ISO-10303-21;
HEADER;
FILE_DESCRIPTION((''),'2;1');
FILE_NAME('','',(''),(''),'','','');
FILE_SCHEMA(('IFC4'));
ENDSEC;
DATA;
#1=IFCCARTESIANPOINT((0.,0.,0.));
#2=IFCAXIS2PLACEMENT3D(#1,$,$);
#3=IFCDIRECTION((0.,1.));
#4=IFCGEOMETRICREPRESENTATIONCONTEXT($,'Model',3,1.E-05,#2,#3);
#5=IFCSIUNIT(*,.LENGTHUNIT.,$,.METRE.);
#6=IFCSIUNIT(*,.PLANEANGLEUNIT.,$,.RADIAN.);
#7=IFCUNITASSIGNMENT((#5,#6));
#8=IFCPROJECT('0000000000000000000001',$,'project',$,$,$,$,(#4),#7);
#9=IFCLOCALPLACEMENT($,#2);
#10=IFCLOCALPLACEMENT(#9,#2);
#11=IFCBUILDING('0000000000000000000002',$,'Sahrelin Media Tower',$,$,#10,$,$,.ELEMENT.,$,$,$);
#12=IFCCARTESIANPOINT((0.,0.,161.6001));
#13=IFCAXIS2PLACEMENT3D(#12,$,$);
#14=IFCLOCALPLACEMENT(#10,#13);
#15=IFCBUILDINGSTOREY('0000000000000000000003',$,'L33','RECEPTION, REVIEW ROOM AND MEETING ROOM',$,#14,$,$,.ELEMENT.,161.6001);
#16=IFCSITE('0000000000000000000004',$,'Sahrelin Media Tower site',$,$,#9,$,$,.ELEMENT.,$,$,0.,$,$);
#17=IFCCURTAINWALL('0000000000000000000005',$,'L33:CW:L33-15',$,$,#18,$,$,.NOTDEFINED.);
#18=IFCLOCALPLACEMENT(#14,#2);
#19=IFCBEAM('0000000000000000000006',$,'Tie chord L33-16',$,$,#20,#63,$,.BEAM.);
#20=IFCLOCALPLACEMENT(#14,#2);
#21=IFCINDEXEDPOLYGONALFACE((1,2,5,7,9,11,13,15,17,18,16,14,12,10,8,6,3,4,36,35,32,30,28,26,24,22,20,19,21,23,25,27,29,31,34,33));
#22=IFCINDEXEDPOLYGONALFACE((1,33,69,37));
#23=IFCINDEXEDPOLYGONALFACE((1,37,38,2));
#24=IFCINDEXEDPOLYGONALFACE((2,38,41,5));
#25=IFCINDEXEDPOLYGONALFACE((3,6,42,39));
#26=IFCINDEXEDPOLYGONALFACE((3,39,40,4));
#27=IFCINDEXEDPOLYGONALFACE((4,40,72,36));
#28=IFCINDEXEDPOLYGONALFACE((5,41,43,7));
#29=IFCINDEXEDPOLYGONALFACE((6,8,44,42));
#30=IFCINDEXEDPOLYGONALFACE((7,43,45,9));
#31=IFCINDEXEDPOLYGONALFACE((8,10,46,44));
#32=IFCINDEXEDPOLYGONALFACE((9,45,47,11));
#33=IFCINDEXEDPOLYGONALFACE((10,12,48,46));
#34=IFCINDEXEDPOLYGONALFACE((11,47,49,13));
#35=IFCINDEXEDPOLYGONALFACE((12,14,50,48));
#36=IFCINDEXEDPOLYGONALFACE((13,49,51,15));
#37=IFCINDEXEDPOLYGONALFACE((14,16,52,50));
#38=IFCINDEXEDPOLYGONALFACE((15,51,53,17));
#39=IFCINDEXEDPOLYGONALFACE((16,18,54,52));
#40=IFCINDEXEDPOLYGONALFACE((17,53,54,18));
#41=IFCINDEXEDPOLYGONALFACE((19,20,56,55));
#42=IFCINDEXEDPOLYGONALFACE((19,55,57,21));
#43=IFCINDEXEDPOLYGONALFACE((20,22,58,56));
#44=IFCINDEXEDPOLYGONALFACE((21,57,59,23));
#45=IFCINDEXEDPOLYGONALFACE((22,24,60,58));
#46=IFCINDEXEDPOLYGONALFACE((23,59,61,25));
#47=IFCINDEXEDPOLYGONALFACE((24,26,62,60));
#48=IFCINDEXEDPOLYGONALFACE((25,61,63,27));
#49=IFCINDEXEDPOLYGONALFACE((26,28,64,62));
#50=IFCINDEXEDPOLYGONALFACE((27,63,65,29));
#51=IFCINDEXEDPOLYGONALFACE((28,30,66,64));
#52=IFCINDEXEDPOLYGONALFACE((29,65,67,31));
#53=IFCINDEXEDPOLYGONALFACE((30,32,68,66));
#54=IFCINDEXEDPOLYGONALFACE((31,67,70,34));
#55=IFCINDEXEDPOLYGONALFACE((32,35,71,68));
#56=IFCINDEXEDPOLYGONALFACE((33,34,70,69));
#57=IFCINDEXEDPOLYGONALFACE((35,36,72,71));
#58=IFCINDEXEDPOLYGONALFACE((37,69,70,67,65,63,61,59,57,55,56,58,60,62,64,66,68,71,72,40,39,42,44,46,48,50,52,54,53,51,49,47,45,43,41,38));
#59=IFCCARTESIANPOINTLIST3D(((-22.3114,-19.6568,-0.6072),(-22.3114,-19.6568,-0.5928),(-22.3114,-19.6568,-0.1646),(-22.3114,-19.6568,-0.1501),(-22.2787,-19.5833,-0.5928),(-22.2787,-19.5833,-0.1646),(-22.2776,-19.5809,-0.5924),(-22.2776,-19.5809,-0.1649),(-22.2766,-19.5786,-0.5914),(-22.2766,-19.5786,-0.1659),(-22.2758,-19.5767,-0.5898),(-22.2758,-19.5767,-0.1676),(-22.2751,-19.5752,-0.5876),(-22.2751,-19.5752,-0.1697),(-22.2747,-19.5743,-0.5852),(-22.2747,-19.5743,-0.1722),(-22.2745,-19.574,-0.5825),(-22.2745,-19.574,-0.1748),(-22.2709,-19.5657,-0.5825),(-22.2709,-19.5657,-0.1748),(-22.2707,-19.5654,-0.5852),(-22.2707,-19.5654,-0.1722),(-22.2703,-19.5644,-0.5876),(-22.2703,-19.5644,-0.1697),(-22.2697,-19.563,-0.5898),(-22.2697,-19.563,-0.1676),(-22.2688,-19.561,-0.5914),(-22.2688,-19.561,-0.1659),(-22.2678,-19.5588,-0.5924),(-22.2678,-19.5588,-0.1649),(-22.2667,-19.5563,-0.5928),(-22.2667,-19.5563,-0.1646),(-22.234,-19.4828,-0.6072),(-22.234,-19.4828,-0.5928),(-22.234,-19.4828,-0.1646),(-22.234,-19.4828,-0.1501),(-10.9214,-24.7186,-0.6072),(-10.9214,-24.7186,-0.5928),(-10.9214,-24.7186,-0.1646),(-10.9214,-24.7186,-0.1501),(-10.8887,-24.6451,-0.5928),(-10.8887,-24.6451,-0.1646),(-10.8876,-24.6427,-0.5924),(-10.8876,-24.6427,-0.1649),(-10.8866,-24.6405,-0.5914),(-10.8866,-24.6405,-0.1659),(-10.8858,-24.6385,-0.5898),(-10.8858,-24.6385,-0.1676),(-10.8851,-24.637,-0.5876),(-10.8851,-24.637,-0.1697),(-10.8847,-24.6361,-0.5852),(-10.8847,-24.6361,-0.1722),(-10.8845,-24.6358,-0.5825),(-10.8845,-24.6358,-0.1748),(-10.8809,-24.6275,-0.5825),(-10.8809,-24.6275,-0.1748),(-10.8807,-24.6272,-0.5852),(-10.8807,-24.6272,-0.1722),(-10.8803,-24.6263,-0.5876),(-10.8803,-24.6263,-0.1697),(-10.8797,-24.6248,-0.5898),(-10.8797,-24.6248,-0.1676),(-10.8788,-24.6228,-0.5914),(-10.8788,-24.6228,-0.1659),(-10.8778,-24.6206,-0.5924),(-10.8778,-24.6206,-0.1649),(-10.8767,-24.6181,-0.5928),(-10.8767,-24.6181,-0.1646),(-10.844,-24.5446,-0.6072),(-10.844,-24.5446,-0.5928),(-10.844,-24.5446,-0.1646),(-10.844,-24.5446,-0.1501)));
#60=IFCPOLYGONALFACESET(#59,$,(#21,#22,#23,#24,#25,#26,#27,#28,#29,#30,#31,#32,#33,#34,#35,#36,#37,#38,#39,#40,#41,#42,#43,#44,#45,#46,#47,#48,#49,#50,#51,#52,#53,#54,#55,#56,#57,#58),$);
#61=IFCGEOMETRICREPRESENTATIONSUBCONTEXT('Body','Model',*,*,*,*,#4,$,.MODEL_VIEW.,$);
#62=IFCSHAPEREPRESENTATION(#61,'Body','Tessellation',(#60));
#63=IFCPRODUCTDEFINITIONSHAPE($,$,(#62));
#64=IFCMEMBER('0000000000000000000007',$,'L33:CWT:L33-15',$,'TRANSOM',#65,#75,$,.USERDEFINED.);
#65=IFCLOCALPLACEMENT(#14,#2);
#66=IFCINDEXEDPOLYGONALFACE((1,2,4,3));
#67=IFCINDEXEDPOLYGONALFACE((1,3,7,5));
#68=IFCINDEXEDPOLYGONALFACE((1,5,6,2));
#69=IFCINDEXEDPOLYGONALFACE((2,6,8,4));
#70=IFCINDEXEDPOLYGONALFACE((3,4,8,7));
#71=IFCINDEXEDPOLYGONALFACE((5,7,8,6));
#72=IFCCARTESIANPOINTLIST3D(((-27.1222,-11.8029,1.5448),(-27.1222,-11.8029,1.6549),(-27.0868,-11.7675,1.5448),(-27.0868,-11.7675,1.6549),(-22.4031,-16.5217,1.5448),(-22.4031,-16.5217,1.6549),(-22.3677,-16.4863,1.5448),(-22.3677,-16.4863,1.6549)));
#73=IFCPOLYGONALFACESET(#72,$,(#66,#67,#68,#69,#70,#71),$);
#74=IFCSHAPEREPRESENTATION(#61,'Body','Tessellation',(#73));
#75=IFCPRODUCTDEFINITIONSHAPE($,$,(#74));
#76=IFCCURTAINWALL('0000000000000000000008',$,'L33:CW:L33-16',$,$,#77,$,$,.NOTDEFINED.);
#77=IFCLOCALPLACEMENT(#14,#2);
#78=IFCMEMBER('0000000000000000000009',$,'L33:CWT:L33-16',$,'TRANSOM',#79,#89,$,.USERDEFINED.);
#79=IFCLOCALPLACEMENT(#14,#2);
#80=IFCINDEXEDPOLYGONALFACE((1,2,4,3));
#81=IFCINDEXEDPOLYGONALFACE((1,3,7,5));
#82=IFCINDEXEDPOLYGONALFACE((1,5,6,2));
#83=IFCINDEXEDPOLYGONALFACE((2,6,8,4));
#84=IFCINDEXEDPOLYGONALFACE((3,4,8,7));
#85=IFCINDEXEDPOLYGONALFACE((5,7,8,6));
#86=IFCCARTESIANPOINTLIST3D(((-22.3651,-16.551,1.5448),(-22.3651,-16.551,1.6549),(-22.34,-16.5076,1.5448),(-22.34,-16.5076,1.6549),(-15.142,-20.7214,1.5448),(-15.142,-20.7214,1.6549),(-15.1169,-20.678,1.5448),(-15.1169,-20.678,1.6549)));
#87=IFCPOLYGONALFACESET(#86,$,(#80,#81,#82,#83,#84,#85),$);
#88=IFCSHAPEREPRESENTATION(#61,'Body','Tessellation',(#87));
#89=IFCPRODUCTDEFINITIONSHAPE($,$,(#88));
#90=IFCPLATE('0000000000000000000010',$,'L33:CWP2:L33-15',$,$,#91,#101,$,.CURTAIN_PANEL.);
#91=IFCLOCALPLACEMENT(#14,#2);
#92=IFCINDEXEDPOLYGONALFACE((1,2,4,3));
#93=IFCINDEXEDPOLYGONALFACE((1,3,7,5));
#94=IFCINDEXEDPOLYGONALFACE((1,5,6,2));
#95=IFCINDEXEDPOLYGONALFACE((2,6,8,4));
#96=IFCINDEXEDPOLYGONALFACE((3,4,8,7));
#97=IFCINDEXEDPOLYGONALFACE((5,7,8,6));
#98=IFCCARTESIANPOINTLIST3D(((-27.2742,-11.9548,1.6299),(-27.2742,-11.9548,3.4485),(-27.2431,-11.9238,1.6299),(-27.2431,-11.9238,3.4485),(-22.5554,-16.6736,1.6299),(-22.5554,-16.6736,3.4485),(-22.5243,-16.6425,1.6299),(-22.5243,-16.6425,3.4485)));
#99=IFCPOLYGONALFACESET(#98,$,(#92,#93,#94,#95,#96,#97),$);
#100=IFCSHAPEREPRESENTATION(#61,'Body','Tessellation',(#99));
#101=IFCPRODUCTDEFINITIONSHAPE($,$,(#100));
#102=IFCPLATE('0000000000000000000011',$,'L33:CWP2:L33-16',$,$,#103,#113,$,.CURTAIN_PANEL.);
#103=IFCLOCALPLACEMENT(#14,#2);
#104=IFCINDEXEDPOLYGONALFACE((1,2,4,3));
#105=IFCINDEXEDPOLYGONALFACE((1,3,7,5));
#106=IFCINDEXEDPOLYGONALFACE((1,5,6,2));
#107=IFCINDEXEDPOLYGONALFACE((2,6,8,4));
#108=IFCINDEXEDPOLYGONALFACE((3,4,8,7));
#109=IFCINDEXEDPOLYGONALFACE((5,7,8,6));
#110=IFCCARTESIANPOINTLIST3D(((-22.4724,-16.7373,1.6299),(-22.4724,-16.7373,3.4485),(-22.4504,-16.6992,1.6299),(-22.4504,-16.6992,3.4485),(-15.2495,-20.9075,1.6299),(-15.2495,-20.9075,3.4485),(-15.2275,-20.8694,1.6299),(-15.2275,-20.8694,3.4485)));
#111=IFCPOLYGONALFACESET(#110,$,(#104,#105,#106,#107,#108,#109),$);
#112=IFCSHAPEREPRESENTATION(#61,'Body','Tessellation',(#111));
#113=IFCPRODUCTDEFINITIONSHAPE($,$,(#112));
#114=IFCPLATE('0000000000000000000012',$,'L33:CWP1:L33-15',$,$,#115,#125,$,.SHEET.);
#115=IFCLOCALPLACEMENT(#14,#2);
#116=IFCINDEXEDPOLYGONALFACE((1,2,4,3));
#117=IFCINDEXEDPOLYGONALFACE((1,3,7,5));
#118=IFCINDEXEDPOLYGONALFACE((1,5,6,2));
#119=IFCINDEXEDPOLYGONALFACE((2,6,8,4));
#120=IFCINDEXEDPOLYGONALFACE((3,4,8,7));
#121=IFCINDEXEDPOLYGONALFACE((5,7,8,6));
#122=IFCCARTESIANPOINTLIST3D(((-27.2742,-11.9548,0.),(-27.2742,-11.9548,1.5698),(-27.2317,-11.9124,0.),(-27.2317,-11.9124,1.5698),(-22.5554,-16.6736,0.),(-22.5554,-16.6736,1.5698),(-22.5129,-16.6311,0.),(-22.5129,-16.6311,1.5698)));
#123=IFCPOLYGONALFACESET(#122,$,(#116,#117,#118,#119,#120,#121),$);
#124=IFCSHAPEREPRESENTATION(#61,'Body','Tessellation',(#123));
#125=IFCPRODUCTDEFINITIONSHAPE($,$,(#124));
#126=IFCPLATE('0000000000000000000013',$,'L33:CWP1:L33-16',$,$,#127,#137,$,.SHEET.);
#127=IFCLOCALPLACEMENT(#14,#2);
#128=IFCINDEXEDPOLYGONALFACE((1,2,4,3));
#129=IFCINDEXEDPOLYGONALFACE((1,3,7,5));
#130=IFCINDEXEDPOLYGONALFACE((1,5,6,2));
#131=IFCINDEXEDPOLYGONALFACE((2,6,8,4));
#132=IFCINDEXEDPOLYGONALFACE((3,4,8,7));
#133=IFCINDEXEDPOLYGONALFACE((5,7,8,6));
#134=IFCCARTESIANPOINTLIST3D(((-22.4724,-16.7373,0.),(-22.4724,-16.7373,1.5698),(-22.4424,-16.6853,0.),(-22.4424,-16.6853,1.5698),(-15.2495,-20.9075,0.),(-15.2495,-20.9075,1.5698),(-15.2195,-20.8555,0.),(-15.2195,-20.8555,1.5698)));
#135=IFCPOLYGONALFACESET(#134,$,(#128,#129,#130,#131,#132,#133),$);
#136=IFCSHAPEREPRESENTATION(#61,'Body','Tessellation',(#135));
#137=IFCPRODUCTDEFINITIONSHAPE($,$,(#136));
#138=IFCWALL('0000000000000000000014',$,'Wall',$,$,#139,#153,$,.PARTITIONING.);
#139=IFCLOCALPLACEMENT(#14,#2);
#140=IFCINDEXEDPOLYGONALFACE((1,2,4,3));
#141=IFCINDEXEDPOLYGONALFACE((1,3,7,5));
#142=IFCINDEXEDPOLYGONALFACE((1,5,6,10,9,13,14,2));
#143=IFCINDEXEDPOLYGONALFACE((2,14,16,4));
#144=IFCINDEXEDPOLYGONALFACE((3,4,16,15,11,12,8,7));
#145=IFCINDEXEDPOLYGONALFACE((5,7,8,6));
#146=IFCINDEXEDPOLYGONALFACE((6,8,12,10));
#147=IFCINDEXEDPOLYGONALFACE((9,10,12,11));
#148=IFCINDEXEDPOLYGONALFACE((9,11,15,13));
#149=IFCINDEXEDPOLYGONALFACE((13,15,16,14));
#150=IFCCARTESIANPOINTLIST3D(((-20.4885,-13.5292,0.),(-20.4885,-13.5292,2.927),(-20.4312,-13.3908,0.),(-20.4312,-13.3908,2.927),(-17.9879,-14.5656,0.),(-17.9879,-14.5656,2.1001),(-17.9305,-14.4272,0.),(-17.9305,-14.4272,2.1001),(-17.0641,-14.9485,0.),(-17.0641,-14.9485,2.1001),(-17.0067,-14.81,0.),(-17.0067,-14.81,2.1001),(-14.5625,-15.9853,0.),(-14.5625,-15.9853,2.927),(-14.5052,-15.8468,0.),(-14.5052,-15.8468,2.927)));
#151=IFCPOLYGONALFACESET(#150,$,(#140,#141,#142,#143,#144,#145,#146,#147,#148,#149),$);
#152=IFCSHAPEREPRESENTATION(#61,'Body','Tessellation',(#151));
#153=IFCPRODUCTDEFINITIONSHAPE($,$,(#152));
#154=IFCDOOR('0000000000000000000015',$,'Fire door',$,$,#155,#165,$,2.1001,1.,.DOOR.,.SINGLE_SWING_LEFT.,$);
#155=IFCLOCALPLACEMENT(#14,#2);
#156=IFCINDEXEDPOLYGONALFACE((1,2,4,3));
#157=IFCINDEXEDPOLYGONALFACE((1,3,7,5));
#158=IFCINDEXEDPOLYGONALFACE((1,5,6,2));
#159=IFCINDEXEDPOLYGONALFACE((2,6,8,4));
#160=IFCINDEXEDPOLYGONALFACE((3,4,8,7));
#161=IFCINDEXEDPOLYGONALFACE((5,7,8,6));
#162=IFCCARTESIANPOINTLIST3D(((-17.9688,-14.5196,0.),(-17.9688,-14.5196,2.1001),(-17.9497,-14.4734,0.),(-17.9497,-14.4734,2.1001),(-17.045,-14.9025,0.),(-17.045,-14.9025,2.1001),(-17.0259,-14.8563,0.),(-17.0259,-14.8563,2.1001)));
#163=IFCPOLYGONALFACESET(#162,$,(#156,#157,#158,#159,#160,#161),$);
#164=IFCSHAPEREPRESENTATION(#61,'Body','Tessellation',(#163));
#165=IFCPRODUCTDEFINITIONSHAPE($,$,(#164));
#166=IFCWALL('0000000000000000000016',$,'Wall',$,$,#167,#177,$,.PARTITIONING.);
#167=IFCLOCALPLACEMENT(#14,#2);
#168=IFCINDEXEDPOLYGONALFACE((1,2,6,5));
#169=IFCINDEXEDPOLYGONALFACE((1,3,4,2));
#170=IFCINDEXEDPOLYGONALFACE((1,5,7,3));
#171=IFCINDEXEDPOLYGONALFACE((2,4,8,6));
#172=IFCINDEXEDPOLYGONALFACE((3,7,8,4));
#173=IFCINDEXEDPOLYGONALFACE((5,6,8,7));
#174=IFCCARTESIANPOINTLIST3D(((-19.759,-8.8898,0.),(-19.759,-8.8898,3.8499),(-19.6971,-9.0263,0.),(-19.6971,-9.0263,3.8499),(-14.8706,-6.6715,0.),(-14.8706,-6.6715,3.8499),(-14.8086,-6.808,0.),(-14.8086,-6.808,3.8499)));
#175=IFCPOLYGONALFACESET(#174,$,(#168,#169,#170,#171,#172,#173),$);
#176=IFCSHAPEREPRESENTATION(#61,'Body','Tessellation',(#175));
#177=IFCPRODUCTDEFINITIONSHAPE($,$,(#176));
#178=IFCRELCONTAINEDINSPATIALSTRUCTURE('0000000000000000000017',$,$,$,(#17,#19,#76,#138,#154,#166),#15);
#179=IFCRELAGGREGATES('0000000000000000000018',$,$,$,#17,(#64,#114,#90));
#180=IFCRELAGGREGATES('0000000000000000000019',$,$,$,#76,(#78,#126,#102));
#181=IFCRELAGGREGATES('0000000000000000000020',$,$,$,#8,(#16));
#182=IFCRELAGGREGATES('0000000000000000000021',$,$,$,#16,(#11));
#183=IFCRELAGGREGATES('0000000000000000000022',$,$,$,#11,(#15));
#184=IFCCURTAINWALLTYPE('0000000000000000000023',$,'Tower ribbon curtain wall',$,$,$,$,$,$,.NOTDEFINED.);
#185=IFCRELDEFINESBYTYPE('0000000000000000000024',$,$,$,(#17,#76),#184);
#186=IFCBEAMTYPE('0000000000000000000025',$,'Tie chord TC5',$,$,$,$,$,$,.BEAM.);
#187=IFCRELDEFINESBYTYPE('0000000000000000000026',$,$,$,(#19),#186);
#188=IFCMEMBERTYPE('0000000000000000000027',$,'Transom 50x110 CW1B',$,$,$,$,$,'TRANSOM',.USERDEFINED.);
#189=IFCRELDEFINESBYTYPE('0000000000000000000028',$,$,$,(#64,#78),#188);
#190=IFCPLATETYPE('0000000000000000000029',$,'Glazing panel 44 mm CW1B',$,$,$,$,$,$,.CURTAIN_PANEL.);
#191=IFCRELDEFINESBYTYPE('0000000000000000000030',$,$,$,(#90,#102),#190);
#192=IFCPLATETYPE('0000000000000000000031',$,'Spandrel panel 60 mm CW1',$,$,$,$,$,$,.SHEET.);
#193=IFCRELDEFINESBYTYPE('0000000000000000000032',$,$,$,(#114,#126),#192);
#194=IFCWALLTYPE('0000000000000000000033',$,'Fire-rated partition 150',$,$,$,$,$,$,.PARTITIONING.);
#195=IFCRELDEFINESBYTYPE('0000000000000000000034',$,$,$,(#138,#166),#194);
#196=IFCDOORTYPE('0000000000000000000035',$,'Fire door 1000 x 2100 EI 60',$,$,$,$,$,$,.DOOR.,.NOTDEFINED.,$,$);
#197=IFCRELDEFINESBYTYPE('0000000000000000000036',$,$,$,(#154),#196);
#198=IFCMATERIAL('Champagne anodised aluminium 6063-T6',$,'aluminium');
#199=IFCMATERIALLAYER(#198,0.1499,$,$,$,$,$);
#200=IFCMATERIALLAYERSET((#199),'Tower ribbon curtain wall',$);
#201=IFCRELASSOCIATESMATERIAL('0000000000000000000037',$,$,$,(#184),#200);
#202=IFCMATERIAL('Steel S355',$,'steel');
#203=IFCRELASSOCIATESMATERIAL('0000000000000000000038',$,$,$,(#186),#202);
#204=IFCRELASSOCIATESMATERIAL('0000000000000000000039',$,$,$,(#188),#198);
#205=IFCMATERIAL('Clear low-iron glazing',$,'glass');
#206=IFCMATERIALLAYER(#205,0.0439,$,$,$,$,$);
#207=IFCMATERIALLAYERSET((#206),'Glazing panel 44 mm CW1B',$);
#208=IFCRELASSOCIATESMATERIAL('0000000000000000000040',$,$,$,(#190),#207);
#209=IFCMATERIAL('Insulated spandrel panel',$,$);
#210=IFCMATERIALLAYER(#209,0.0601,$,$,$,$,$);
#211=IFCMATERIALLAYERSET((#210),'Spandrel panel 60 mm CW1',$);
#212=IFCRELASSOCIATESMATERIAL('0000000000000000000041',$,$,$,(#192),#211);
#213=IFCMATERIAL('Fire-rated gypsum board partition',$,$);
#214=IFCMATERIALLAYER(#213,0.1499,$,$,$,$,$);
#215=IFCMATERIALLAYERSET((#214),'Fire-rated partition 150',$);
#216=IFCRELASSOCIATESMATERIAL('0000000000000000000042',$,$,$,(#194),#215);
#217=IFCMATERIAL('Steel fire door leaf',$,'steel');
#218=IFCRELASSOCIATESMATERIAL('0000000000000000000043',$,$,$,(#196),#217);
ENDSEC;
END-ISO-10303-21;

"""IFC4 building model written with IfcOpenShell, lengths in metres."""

from ifc_helpers import new_model, si_unit, direction, frame, frame_2d, origin, origin_2d, place, context, subcontext, project, spatial, polyline, rectangle, i_section, outline, extrude, material, layer, layer_set, material_profile, profile_set, type_object, element, fill, aggregate, save


model = new_model("IFC4")

# Units and contexts
model_context = context("Model", 3, precision=1e-05, world=origin(), true_north=direction((0.0, 1.0)))
body_context = subcontext(model_context, "Body", "Model", "MODEL_VIEW")
ifc_project = project(units=[si_unit("LENGTHUNIT", "METRE"), si_unit("PLANEANGLEUNIT", "RADIAN")], contexts=[model_context])

# Site, building, storey
site_placement = place(None, origin())
site = spatial("IfcSite", under=ifc_project, at=site_placement, Name="Sahrelin Media Tower site", CompositionType="ELEMENT", RefElevation=0.0)
building_placement = place(site_placement, origin())
building = spatial("IfcBuilding", under=site, at=building_placement, Name="Sahrelin Media Tower", CompositionType="ELEMENT")
storey_placement = place(building_placement, frame((0.0, 0.0, 161.6001)))
storey = spatial("IfcBuildingStorey", under=building, at=storey_placement, Name="L33", Description="RECEPTION, REVIEW ROOM AND MEETING ROOM", CompositionType="ELEMENT", Elevation=161.6001)

# Shared definitions
ifc_material_1 = material(Name="Steel S355", Category="steel")

# Curtain wall
ifc_material_2 = material(Name="Champagne anodised aluminium 6063-T6", Category="aluminium")
ifc_layer_1 = layer(ifc_material_2, 0.1499)
ifc_layer_set_1 = layer_set([ifc_layer_1], Name="Tower ribbon curtain wall")
curtain_wall_type = type_object("IfcCurtainWallType", Name="Tower ribbon curtain wall", PredefinedType="NOTDEFINED", material=ifc_layer_set_1)
curtain_wall_1_placement = place(storey_placement, frame((-24.9006, -14.3003, 0.0), z_axis=(0.0, 0.0, 1.0), x_axis=(1.0, 0.0, 0.0)))
curtain_wall_1 = element("IfcCurtainWall", 1, at=curtain_wall_1_placement, inside=storey, type_object=curtain_wall_type, Name="L33:CW:L33-15", PredefinedType="NOTDEFINED")

# Beam
ifc_material_profile_1 = material_profile(ifc_material_1, i_section(OverallWidth=0.1904, OverallDepth=0.457, WebThickness=0.009, FlangeThickness=0.0144, FilletRadius=0.0103, at=origin_2d()), Name="UB 457x191x74")
ifc_profile_set_1 = profile_set([ifc_material_profile_1], Name="Steel S355")
beam_type_1 = type_object("IfcBeamType", Name="Tie chord TC5", PredefinedType="BEAM", material=ifc_profile_set_1)
beam_1_placement = place(storey_placement, frame((-22.2727, -19.5698, -0.3787), z_axis=(0.913824, -0.406111, 0.0), x_axis=(0.406111, 0.913824, 0.0)))
element("IfcBeam", 2, at=beam_1_placement, inside=storey, type_object=beam_type_1, Name="Tie chord L33-16", PredefinedType="BEAM", context=body_context, shape_type="SweptSolid", body=[
    extrude(i_section(OverallWidth=0.1904, OverallDepth=0.457, WebThickness=0.009, FlangeThickness=0.0144, FilletRadius=0.0103, at=origin_2d()), origin(), (0.0, 0.0, 1.0), 12.4641),
])

# Member
ifc_material_profile_2 = material_profile(ifc_material_2, rectangle(XDim=0.05, YDim=0.1101, at=origin_2d()), Name="Transom 50x110")
ifc_profile_set_2 = profile_set([ifc_material_profile_2], Name="Champagne anodised aluminium 6063-T6")
member_type_1 = type_object("IfcMemberType", Name="Transom 50x110 CW1B", ElementType="TRANSOM", PredefinedType="USERDEFINED", material=ifc_profile_set_2)
member_1_placement = place(storey_placement, frame((-27.1045, -11.7852, 1.5999), z_axis=(0.707125, -0.707088, 0.0), x_axis=(0.707088, 0.707125, 0.0)))
member_1 = element("IfcMember", 3, at=member_1_placement, type_object=member_type_1, Name="L33:CWT:L33-15", ObjectType="TRANSOM", PredefinedType="USERDEFINED", context=body_context, shape_type="SweptSolid", body=[
    extrude(rectangle(XDim=0.05, YDim=0.1101, at=origin_2d()), origin(), (0.0, 0.0, 1.0), 6.6736),
])

# Curtain wall, member
curtain_wall_2_placement = place(storey_placement, frame((-18.8511, -18.8049, 0.0), z_axis=(0.0, 0.0, 1.0), x_axis=(1.0, 0.0, 0.0)))
curtain_wall_2 = element("IfcCurtainWall", 4, at=curtain_wall_2_placement, inside=storey, type_object=curtain_wall_type, Name="L33:CW:L33-16", PredefinedType="NOTDEFINED")
member_2_placement = place(storey_placement, frame((-22.3525, -16.5293, 1.5999), z_axis=(0.866019, -0.500011, 0.0), x_axis=(0.500011, 0.866019, 0.0)))
member_2 = element("IfcMember", 5, at=member_2_placement, type_object=member_type_1, Name="L33:CWT:L33-16", ObjectType="TRANSOM", PredefinedType="USERDEFINED", context=body_context, shape_type="SweptSolid", body=[
    extrude(rectangle(XDim=0.05, YDim=0.1101, at=origin_2d()), origin(), (0.0, 0.0, 1.0), 8.3406),
])

# Plates
ifc_material_3 = material(Name="Clear low-iron glazing", Category="glass")
ifc_layer_2 = layer(ifc_material_3, 0.0439)
ifc_layer_set_2 = layer_set([ifc_layer_2], Name="Glazing panel 44 mm CW1B")
plate_type_1 = type_object("IfcPlateType", Name="Glazing panel 44 mm CW1B", PredefinedType="CURTAIN_PANEL", material=ifc_layer_set_2)
plate_1_placement = place(storey_placement, frame((-27.2742, -11.9548, 1.6299), z_axis=(-0.707107, -0.707107, 0.0), x_axis=(0.707107, -0.707107, 0.0)))
plate_1 = element("IfcPlate", 6, at=plate_1_placement, type_object=plate_type_1, Name="L33:CWP2:L33-15", PredefinedType="CURTAIN_PANEL", context=body_context, shape_type="SweptSolid", body=[
    extrude(outline(polyline([(0.0, 0.0), (6.6733, 0.0), (6.6733, 1.8186), (0.0, 1.8186), (0.0, 0.0)])), origin(), (0.0, 0.0, -1.0), 0.0439),
])
plate_2_placement = place(storey_placement, frame((-22.4724, -16.7373, 1.6299), z_axis=(-0.500002, -0.866024, 0.0), x_axis=(0.866024, -0.500002, 0.0)))
plate_2 = element("IfcPlate", 7, at=plate_2_placement, type_object=plate_type_1, Name="L33:CWP2:L33-16", PredefinedType="CURTAIN_PANEL", context=body_context, shape_type="SweptSolid", body=[
    extrude(outline(polyline([(0.0, 0.0), (8.3403, 0.0), (8.3403, 1.8186), (0.0, 1.8186), (0.0, 0.0)])), origin(), (0.0, 0.0, -1.0), 0.0439),
])
ifc_material_4 = material(Name="Insulated spandrel panel")
ifc_layer_3 = layer(ifc_material_4, 0.0601)
ifc_layer_set_3 = layer_set([ifc_layer_3], Name="Spandrel panel 60 mm CW1")
plate_type_2 = type_object("IfcPlateType", Name="Spandrel panel 60 mm CW1", PredefinedType="SHEET", material=ifc_layer_set_3)
plate_3_placement = place(storey_placement, frame((-27.2742, -11.9548, 0.0), z_axis=(-0.707107, -0.707107, 0.0), x_axis=(0.707107, -0.707107, 0.0)))
plate_3 = element("IfcPlate", 8, at=plate_3_placement, type_object=plate_type_2, Name="L33:CWP1:L33-15", PredefinedType="SHEET", context=body_context, shape_type="SweptSolid", body=[
    extrude(outline(polyline([(0.0, 0.0), (6.6733, 0.0), (6.6733, 1.5698), (0.0, 1.5698), (0.0, 0.0)])), origin(), (0.0, 0.0, -1.0), 0.0601),
])
aggregate(curtain_wall_1, [member_1, plate_3, plate_1])
plate_4_placement = place(storey_placement, frame((-22.4724, -16.7373, 0.0), z_axis=(-0.500002, -0.866024, 0.0), x_axis=(0.866024, -0.500002, 0.0)))
plate_4 = element("IfcPlate", 9, at=plate_4_placement, type_object=plate_type_2, Name="L33:CWP1:L33-16", PredefinedType="SHEET", context=body_context, shape_type="SweptSolid", body=[
    extrude(outline(polyline([(0.0, 0.0), (8.3403, 0.0), (8.3403, 1.5698), (0.0, 1.5698), (0.0, 0.0)])), origin(), (0.0, 0.0, -1.0), 0.0601),
])
aggregate(curtain_wall_2, [member_2, plate_4, plate_2])

# Wall, opening, door
ifc_material_5 = material(Name="Fire-rated gypsum board partition")
ifc_layer_4 = layer(ifc_material_5, 0.1499)
ifc_layer_set_4 = layer_set([ifc_layer_4], Name="Fire-rated partition 150")
wall_type_1 = type_object("IfcWallType", Name="Fire-rated partition 150", PredefinedType="PARTITIONING", material=ifc_layer_set_4)
wall_1_placement = place(storey_placement, frame((-20.46, -13.46, 0.0), z_axis=(0.0, 0.0, 1.0), x_axis=(0.923802, -0.382872, 0.0)))
wall_1 = element("IfcWall", 10, at=wall_1_placement, inside=storey, type_object=wall_type_1, Name="Wall", PredefinedType="PARTITIONING", context=body_context, shape_type="SweptSolid", body=[
    extrude(rectangle(XDim=6.4148, YDim=0.1499, at=frame_2d((3.2075, 0.0))), origin(), (0.0, 0.0, 1.0), 2.927),
])
opening_1_placement = place(wall_1_placement, frame((2.707, 0.0, 0.0)))
opening_1 = element("IfcOpeningElement", 11, at=opening_1_placement, cuts=wall_1, PredefinedType="OPENING", context=body_context, shape_type="SweptSolid", body=[
    extrude(rectangle(XDim=1.0, YDim=2.1001, at=frame_2d((0.5, 1.05))), frame((0.0, 0.075, 0.0), z_axis=(0.0, -1.0, 0.0), x_axis=(1.0, 0.0, 0.0)), (0.0, 0.0, 1.0), 0.1499),
])
ifc_material_6 = material(Name="Steel fire door leaf", Category="steel")
door_type_1 = type_object("IfcDoorType", Name="Fire door 1000 x 2100 EI 60", OperationType="NOTDEFINED", PredefinedType="DOOR", material=ifc_material_6)
door_1_placement = place(opening_1_placement, origin())
door_1 = element("IfcDoor", 12, at=door_1_placement, inside=storey, type_object=door_type_1, Name="Fire door", OperationType="SINGLE_SWING_LEFT", OverallHeight=2.1001, OverallWidth=1.0, PredefinedType="DOOR", context=body_context, shape_type="SweptSolid", body=[
    extrude(rectangle(XDim=1.0, YDim=2.1001, at=frame_2d((0.5, 1.05))), frame((0.0, 0.0249, 0.0), z_axis=(0.0, -1.0, 0.0), x_axis=(1.0, 0.0, 0.0)), (0.0, 0.0, 1.0), 0.05),
])
fill(opening_1, door_1)

# Wall
wall_2_placement = place(storey_placement, frame((-19.728, -8.958, 0.0), z_axis=(0.0, 0.0, 1.0), x_axis=(0.91063, 0.413224, 0.0)))
element("IfcWall", 13, at=wall_2_placement, inside=storey, type_object=wall_type_1, Name="Wall", PredefinedType="PARTITIONING", context=body_context, shape_type="SweptSolid", body=[
    extrude(rectangle(XDim=5.3682, YDim=0.1499, at=frame_2d((2.6841, 0.0))), origin(), (0.0, 0.0, 1.0), 3.8499),
])

save(model, "model.ifc")
